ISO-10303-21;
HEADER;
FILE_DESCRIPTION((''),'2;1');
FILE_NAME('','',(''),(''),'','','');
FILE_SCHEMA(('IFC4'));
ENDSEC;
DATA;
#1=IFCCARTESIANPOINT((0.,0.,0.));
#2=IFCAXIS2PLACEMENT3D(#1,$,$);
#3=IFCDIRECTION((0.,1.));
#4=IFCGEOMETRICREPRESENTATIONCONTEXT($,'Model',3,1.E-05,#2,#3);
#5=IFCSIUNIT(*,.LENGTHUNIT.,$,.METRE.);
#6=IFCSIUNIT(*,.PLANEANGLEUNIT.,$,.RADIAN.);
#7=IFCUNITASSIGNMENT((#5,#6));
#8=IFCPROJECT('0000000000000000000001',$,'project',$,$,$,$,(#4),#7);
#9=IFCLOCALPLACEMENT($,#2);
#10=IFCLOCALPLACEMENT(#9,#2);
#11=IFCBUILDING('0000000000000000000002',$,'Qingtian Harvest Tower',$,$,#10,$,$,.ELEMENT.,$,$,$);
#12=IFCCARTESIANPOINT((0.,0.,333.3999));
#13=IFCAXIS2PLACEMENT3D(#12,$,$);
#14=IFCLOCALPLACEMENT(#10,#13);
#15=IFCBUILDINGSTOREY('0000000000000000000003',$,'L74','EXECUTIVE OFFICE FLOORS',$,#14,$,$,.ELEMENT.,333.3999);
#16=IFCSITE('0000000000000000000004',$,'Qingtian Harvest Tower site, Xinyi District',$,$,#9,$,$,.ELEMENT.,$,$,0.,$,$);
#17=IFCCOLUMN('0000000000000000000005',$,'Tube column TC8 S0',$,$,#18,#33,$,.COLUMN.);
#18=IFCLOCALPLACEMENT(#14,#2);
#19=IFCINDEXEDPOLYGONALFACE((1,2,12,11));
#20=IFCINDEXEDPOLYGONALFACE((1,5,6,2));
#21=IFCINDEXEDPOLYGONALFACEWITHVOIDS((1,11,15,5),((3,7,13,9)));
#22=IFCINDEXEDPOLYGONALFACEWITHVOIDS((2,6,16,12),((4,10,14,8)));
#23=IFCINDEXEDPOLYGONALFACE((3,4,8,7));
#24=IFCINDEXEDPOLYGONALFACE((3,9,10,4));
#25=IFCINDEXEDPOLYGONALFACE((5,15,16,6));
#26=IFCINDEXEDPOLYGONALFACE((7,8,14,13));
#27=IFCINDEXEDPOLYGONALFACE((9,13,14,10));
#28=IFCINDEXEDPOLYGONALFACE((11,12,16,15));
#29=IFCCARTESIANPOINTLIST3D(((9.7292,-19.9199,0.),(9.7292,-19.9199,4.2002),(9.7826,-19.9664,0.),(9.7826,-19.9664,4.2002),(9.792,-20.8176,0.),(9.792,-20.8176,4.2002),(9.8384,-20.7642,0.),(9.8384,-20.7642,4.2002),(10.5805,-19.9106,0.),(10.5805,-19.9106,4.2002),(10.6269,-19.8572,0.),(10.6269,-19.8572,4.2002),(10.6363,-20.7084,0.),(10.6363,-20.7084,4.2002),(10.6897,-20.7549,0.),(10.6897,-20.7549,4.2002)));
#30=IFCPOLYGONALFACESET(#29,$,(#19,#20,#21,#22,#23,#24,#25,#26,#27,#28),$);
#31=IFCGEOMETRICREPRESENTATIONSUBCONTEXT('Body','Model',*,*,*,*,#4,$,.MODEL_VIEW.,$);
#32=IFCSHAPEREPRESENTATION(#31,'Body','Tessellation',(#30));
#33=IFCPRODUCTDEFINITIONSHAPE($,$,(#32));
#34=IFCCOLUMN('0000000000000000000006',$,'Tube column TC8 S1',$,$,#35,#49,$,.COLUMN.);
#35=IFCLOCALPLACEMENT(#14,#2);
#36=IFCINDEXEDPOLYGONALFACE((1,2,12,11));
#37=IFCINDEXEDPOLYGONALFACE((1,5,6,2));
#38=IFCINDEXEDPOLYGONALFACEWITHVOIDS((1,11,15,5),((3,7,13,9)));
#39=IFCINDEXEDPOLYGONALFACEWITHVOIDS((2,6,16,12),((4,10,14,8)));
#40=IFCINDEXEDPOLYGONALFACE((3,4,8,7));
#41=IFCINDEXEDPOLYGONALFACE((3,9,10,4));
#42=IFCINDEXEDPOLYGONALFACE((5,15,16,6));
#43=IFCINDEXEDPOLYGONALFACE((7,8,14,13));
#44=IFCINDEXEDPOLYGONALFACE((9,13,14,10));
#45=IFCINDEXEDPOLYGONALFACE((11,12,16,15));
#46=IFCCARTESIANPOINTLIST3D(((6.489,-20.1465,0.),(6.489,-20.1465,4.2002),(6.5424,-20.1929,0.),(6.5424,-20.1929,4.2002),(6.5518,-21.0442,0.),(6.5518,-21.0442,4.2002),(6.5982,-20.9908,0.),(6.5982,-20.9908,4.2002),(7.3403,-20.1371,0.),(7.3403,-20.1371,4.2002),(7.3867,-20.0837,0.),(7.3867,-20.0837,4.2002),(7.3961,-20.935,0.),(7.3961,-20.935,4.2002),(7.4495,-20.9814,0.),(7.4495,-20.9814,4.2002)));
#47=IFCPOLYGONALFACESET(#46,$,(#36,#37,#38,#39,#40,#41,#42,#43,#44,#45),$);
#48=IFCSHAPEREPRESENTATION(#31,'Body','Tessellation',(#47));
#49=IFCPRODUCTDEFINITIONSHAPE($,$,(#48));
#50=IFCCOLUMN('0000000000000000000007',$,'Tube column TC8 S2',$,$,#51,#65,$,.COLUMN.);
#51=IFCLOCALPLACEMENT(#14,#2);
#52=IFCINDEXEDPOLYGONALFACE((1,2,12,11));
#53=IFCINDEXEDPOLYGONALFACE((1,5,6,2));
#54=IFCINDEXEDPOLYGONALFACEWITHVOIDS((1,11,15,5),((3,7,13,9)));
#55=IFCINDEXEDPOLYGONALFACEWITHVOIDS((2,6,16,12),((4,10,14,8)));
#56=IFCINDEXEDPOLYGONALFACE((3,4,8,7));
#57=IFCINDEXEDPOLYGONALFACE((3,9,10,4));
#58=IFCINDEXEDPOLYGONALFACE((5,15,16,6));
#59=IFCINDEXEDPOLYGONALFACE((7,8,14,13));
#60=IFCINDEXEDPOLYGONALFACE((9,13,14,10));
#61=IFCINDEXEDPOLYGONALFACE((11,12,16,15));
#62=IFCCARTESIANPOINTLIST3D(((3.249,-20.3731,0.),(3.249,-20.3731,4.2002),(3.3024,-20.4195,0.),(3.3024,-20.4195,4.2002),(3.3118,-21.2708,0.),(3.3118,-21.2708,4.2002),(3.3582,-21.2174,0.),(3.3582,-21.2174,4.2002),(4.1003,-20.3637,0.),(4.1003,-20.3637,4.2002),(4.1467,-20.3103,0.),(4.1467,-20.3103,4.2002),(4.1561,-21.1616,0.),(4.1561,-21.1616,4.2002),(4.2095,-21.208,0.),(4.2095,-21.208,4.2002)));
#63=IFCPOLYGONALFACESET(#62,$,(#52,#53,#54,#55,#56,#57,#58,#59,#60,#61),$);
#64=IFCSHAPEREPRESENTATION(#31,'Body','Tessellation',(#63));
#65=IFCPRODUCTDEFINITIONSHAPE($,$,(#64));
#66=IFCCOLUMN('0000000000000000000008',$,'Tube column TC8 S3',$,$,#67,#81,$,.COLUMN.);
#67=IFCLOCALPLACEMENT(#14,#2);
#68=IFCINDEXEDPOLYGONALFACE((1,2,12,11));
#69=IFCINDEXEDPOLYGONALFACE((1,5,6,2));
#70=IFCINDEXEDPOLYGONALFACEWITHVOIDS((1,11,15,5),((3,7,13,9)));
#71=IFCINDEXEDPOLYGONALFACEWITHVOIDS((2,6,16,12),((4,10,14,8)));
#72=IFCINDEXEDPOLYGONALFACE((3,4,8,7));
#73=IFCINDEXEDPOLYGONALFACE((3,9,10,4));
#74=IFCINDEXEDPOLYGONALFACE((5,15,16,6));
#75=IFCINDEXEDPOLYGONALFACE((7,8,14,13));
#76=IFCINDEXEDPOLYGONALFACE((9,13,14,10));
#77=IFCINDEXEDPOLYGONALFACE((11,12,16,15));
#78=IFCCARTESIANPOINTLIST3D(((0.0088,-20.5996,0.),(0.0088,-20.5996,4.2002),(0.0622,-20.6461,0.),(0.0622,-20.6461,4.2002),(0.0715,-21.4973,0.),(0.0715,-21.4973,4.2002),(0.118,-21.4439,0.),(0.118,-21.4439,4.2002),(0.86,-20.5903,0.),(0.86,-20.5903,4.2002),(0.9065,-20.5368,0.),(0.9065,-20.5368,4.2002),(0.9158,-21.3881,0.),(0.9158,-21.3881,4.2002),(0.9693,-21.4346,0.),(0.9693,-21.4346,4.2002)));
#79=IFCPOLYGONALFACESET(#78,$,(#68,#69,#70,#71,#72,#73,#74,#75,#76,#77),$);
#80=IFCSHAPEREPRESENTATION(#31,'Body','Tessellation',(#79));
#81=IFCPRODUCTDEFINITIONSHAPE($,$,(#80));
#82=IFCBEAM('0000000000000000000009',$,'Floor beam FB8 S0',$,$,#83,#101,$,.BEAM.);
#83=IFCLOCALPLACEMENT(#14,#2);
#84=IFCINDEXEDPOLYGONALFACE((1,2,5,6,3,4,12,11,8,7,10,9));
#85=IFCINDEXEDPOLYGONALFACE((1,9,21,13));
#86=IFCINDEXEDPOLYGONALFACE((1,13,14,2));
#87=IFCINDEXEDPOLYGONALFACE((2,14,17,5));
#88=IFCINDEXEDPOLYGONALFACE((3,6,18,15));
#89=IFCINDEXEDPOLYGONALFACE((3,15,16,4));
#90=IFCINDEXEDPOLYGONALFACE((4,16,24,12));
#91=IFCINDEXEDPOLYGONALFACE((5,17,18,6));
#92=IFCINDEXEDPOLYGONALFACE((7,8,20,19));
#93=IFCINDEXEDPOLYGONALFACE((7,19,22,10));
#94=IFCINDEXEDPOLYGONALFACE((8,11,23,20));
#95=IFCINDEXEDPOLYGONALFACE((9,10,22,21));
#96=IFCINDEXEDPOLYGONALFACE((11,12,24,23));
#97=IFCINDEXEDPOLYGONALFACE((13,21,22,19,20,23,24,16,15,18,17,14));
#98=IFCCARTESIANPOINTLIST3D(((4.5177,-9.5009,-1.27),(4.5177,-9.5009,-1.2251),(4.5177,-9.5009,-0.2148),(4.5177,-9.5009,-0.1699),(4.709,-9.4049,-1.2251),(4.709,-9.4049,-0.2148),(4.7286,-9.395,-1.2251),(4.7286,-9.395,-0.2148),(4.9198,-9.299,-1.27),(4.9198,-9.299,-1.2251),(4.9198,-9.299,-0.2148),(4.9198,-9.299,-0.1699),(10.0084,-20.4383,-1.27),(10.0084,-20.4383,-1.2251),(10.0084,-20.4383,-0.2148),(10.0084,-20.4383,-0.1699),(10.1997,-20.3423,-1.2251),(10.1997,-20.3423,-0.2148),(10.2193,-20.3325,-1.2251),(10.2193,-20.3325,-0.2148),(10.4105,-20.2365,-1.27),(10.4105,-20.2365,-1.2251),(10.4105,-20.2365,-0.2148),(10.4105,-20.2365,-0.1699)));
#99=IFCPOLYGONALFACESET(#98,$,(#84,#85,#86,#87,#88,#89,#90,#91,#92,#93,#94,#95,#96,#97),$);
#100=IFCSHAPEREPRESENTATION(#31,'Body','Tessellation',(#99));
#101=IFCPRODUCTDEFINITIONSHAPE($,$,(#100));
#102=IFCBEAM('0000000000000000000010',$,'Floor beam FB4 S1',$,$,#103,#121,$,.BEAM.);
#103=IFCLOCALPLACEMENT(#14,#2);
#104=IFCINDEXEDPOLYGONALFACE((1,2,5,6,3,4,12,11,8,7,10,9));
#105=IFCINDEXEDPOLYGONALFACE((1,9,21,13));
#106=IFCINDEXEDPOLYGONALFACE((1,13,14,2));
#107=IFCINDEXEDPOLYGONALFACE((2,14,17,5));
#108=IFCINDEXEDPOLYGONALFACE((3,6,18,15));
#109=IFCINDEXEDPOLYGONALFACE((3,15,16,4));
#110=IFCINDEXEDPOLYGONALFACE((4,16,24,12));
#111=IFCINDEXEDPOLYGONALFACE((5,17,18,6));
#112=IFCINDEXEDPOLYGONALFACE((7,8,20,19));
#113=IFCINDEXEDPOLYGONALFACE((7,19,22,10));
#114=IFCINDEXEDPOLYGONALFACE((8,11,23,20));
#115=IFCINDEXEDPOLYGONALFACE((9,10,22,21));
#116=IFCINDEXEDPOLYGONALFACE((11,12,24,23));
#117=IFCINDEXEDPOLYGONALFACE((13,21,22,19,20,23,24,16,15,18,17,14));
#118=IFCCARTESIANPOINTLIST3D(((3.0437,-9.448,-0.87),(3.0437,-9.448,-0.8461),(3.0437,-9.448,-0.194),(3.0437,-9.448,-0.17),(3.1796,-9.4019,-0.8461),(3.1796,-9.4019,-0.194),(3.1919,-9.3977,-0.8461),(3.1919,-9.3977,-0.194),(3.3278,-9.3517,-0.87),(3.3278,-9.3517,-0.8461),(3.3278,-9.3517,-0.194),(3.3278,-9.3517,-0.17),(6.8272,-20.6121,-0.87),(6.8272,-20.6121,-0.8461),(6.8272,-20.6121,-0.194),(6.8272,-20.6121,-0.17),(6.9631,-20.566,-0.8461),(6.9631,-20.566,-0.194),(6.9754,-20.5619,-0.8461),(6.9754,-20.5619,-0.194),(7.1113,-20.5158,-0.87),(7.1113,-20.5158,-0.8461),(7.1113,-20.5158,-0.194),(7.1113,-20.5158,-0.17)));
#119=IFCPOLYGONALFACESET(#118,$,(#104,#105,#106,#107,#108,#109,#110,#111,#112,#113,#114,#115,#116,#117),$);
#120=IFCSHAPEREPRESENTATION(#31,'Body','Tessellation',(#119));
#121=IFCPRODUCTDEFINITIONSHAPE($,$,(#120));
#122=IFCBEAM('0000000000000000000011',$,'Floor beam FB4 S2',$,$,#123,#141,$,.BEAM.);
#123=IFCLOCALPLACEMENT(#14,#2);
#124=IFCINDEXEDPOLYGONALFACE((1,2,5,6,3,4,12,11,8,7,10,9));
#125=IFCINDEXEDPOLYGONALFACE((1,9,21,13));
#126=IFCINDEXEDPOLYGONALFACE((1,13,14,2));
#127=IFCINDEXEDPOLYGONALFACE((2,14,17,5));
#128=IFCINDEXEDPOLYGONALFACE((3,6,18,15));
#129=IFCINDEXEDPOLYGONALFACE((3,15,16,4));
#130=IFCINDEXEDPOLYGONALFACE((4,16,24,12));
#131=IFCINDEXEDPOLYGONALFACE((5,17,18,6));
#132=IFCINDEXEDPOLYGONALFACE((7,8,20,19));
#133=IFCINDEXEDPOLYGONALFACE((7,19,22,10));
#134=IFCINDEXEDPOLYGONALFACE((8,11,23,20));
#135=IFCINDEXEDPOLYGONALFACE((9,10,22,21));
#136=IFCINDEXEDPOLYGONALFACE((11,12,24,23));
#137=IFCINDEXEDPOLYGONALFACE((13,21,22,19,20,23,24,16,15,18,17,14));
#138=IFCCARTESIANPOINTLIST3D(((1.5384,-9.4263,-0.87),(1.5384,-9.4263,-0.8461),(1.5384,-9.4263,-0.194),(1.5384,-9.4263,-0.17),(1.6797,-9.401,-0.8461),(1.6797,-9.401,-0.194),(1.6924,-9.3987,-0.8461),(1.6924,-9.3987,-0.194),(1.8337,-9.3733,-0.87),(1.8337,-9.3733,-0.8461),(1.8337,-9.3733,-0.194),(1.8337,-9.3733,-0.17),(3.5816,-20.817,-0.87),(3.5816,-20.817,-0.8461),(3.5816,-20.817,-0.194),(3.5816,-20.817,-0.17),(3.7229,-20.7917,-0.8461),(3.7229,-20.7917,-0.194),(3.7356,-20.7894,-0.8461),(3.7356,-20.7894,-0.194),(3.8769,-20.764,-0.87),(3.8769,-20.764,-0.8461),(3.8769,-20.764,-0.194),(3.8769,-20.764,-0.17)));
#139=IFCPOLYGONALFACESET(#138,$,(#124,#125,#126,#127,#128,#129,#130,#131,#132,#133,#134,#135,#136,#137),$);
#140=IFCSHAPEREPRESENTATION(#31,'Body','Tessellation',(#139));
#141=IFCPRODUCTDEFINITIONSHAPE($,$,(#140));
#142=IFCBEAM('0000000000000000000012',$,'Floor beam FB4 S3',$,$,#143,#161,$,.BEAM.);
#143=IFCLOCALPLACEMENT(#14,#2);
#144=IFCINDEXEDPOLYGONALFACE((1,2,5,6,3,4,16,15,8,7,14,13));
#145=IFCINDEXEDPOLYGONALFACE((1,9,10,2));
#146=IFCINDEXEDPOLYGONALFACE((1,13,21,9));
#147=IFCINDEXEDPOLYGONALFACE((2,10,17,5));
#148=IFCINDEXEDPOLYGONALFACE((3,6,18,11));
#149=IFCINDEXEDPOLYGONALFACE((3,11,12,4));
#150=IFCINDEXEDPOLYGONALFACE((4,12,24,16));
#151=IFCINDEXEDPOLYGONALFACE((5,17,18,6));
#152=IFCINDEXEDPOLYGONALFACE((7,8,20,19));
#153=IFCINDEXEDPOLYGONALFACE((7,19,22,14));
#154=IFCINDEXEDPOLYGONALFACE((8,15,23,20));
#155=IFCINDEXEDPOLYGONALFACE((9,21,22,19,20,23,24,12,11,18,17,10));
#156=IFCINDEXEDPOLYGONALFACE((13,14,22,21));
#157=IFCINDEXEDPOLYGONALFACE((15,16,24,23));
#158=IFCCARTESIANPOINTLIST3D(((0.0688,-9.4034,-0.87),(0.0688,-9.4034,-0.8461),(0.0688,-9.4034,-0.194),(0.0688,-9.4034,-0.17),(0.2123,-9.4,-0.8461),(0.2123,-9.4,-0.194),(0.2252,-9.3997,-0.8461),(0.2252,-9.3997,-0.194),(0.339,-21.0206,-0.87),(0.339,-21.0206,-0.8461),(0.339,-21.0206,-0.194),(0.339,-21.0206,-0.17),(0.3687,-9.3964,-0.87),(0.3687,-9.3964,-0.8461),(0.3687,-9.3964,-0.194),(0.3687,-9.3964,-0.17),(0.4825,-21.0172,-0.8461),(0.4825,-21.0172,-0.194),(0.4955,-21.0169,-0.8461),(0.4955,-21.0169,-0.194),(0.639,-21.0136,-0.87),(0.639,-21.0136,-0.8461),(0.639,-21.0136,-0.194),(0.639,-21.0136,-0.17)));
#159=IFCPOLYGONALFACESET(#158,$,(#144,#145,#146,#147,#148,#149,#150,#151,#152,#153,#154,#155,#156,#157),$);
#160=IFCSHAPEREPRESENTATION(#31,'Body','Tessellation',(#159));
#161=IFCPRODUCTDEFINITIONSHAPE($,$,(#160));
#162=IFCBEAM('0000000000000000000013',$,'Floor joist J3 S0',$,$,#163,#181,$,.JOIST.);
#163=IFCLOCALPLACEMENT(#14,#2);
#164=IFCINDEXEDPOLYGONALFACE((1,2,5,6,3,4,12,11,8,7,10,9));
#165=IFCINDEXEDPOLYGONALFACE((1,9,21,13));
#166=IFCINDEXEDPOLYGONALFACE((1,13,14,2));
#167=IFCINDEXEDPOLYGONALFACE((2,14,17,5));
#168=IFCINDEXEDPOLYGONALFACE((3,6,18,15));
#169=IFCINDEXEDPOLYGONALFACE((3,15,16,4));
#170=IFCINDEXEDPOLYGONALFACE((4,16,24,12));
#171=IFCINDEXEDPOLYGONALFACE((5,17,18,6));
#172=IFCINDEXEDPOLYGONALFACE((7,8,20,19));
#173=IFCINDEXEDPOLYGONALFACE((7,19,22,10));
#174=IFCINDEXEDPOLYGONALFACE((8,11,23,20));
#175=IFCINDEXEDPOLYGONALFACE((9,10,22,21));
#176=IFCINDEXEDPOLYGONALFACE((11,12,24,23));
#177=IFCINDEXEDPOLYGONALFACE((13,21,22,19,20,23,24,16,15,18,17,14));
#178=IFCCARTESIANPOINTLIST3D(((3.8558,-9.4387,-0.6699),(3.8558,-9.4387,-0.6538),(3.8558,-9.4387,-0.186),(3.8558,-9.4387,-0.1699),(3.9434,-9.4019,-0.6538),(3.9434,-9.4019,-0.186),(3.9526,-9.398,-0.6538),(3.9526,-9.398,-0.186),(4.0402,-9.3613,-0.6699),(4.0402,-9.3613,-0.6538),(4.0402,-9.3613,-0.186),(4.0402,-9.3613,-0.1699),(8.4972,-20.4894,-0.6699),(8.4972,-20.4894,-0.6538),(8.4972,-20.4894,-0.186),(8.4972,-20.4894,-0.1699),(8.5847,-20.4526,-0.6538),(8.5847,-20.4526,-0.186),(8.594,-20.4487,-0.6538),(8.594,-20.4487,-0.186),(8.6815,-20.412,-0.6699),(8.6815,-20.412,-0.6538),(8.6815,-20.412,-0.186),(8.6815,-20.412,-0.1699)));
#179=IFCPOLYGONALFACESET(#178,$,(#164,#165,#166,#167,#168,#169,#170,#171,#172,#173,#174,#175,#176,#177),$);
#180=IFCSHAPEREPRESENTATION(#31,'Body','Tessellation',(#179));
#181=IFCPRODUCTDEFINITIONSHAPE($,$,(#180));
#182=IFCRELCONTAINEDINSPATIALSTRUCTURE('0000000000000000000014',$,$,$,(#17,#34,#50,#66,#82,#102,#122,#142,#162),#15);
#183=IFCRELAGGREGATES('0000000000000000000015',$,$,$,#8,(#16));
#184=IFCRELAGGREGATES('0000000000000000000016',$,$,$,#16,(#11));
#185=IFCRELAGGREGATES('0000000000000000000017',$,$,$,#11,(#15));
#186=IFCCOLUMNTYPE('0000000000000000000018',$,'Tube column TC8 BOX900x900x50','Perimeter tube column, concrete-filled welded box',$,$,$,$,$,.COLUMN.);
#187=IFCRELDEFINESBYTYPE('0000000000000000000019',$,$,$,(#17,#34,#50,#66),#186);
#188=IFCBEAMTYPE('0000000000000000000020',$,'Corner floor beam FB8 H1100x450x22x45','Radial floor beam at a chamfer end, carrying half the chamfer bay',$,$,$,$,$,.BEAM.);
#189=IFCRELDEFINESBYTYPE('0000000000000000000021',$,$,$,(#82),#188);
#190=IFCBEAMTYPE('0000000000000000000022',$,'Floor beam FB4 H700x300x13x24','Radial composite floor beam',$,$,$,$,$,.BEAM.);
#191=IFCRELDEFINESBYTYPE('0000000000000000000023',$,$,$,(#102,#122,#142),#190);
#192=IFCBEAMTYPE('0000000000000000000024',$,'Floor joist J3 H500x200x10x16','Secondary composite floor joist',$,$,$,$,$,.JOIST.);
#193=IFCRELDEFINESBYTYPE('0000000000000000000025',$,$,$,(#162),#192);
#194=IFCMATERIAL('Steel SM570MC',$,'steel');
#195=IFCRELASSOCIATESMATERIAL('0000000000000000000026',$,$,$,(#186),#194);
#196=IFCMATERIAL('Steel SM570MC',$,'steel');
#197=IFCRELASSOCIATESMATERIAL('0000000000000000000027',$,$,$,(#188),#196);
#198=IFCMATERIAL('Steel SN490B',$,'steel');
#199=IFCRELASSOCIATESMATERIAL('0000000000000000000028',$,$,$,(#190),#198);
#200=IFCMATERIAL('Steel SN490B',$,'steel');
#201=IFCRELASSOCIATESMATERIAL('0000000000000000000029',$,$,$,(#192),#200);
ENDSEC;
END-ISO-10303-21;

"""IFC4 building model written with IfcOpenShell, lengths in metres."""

from ifc_helpers import new_model, si_unit, direction, frame, origin, origin_2d, place, context, subcontext, project, spatial, hollow_rectangle, i_section, extrude, material, material_profile, profile_set, type_object, element, save


model = new_model("IFC4")

# Units and contexts
model_context = context("Model", 3, precision=1e-05, world=origin(), true_north=direction((0.0, 1.0)))
body_context = subcontext(model_context, "Body", "Model", "MODEL_VIEW")
ifc_project = project(units=[si_unit("LENGTHUNIT", "METRE"), si_unit("PLANEANGLEUNIT", "RADIAN")], contexts=[model_context])

# Site, building, storey
site_placement = place(None, origin())
site = spatial("IfcSite", under=ifc_project, at=site_placement, Name="Qingtian Harvest Tower site, Xinyi District", CompositionType="ELEMENT", RefElevation=0.0)
building_placement = place(site_placement, origin())
building = spatial("IfcBuilding", under=site, at=building_placement, Name="Qingtian Harvest Tower", CompositionType="ELEMENT")
storey_placement = place(building_placement, frame((0.0, 0.0, 333.3999)))
storey = spatial("IfcBuildingStorey", under=building, at=storey_placement, Name="L74", Description="EXECUTIVE OFFICE FLOORS", CompositionType="ELEMENT", Elevation=333.3999)

# Columns
ifc_material_1 = material(Name="Steel SM570MC", Category="steel")
ifc_material_profile_1 = material_profile(ifc_material_1, hollow_rectangle(XDim=0.8999, YDim=0.8999, WallThickness=0.05, at=origin_2d()), Name="BOX900x900x50")
ifc_profile_set_1 = profile_set([ifc_material_profile_1], Name="Steel SM570MC")
column_type = type_object("IfcColumnType", Name="Tube column TC8 BOX900x900x50", Description="Perimeter tube column, concrete-filled welded box", PredefinedType="COLUMN", material=ifc_profile_set_1)
for number, where, z_axis, x_axis, name in (
    (1, (10.2095, -20.3374, 0.0), (0.0, 0.0, 1.0), (0.997564, 0.069756, 0.0), "Tube column TC8 S0"),
    (2, (6.9692, -20.564, 0.0), (0.0, 0.0, 1.0), (0.997564, 0.069756, 0.0), "Tube column TC8 S1"),
    (3, (3.7292, -20.7905, 0.0), (0.0, 0.0, 1.0), (0.997564, 0.069756, 0.0), "Tube column TC8 S2"),
    (4, (0.489, -21.0171, 0.0), (0.0, 0.0, 1.0), (0.997564, 0.069756, 0.0), "Tube column TC8 S3"),
):
    element("IfcColumn", number, at=place(storey_placement, frame(where, z_axis=z_axis, x_axis=x_axis)), inside=storey, type_object=column_type, Name=name, PredefinedType="COLUMN", context=body_context, shape_type="SweptSolid", body=[
        extrude(hollow_rectangle(XDim=0.8999, YDim=0.8999, WallThickness=0.05, at=origin_2d()), origin(), (0.0, 0.0, 1.0), 4.2002),
    ])

# Beams
ifc_material_2 = material(Name="Steel SM570MC", Category="steel")
ifc_material_profile_2 = material_profile(ifc_material_2, i_section(OverallWidth=0.45, OverallDepth=1.1001, WebThickness=0.022, FlangeThickness=0.0449, at=origin_2d()), Name="H1100x450x22x45")
ifc_profile_set_2 = profile_set([ifc_material_profile_2], Name="Steel SM570MC")
beam_type_1 = type_object("IfcBeamType", Name="Corner floor beam FB8 H1100x450x22x45", Description="Radial floor beam at a chamfer end, carrying half the chamfer bay", PredefinedType="BEAM", material=ifc_profile_set_2)
beam_1_placement = place(storey_placement, frame((10.2095, -20.3374, -0.72), z_axis=(-0.448649, 0.893708, 0.0), x_axis=(-0.893708, -0.448649, 0.0)))
element("IfcBeam", 5, at=beam_1_placement, inside=storey, type_object=beam_type_1, Name="Floor beam FB8 S0", PredefinedType="BEAM", context=body_context, shape_type="SweptSolid", body=[
    extrude(i_section(OverallWidth=0.45, OverallDepth=1.1001, WebThickness=0.022, FlangeThickness=0.0449, at=origin_2d()), origin(), (0.0, 0.0, 1.0), 12.2383),
])
ifc_material_3 = material(Name="Steel SN490B", Category="steel")
ifc_material_profile_3 = material_profile(ifc_material_3, i_section(OverallWidth=0.3, OverallDepth=0.7, WebThickness=0.0129, FlangeThickness=0.0239, at=origin_2d()), Name="H700x300x13x24")
ifc_profile_set_3 = profile_set([ifc_material_profile_3], Name="Steel SN490B")
beam_type_2 = type_object("IfcBeamType", Name="Floor beam FB4 H700x300x13x24", Description="Radial composite floor beam", PredefinedType="BEAM", material=ifc_profile_set_3)
beam_2_placement = place(storey_placement, frame((6.9692, -20.564, -0.52), z_axis=(-0.320965, 0.947091, 0.0), x_axis=(-0.947091, -0.320965, 0.0)))
element("IfcBeam", 6, at=beam_2_placement, inside=storey, type_object=beam_type_2, Name="Floor beam FB4 S1", PredefinedType="BEAM", context=body_context, shape_type="SweptSolid", body=[
    extrude(i_section(OverallWidth=0.3, OverallDepth=0.7, WebThickness=0.0129, FlangeThickness=0.0239, at=origin_2d()), origin(), (0.0, 0.0, 1.0), 11.7878),
])
beam_3_placement = place(storey_placement, frame((3.7292, -20.7905, -0.52), z_axis=(-0.176559, 0.98429, 0.0), x_axis=(-0.98429, -0.176559, 0.0)))
element("IfcBeam", 7, at=beam_3_placement, inside=storey, type_object=beam_type_2, Name="Floor beam FB4 S2", PredefinedType="BEAM", context=body_context, shape_type="SweptSolid", body=[
    extrude(i_section(OverallWidth=0.3, OverallDepth=0.7, WebThickness=0.0129, FlangeThickness=0.0239, at=origin_2d()), origin(), (0.0, 0.0, 1.0), 11.5725),
])
beam_4_placement = place(storey_placement, frame((0.489, -21.0171, -0.52), z_axis=(-0.023258, 0.99973, 0.0), x_axis=(-0.99973, -0.023258, 0.0)))
element("IfcBeam", 8, at=beam_4_placement, inside=storey, type_object=beam_type_2, Name="Floor beam FB4 S3", PredefinedType="BEAM", context=body_context, shape_type="SweptSolid", body=[
    extrude(i_section(OverallWidth=0.3, OverallDepth=0.7, WebThickness=0.0129, FlangeThickness=0.0239, at=origin_2d()), origin(), (0.0, 0.0, 1.0), 11.6204),
])
ifc_material_4 = material(Name="Steel SN490B", Category="steel")
ifc_material_profile_4 = material_profile(ifc_material_4, i_section(OverallWidth=0.2, OverallDepth=0.5, WebThickness=0.01, FlangeThickness=0.0161, at=origin_2d()), Name="H500x200x10x16")
ifc_profile_set_4 = profile_set([ifc_material_profile_4], Name="Steel SN490B")
beam_type_3 = type_object("IfcBeamType", Name="Floor joist J3 H500x200x10x16", Description="Secondary composite floor joist", PredefinedType="JOIST", material=ifc_profile_set_4)
beam_5_placement = place(storey_placement, frame((8.5894, -20.4507, -0.4199), z_axis=(-0.387235, 0.921981, 0.0), x_axis=(-0.921981, -0.387235, 0.0)))
element("IfcBeam", 9, at=beam_5_placement, inside=storey, type_object=beam_type_3, Name="Floor joist J3 S0", PredefinedType="JOIST", context=body_context, shape_type="SweptSolid", body=[
    extrude(i_section(OverallWidth=0.2, OverallDepth=0.5, WebThickness=0.01, FlangeThickness=0.0161, at=origin_2d()), origin(), (0.0, 0.0, 1.0), 11.9858),
])

save(model, "model.ifc")
